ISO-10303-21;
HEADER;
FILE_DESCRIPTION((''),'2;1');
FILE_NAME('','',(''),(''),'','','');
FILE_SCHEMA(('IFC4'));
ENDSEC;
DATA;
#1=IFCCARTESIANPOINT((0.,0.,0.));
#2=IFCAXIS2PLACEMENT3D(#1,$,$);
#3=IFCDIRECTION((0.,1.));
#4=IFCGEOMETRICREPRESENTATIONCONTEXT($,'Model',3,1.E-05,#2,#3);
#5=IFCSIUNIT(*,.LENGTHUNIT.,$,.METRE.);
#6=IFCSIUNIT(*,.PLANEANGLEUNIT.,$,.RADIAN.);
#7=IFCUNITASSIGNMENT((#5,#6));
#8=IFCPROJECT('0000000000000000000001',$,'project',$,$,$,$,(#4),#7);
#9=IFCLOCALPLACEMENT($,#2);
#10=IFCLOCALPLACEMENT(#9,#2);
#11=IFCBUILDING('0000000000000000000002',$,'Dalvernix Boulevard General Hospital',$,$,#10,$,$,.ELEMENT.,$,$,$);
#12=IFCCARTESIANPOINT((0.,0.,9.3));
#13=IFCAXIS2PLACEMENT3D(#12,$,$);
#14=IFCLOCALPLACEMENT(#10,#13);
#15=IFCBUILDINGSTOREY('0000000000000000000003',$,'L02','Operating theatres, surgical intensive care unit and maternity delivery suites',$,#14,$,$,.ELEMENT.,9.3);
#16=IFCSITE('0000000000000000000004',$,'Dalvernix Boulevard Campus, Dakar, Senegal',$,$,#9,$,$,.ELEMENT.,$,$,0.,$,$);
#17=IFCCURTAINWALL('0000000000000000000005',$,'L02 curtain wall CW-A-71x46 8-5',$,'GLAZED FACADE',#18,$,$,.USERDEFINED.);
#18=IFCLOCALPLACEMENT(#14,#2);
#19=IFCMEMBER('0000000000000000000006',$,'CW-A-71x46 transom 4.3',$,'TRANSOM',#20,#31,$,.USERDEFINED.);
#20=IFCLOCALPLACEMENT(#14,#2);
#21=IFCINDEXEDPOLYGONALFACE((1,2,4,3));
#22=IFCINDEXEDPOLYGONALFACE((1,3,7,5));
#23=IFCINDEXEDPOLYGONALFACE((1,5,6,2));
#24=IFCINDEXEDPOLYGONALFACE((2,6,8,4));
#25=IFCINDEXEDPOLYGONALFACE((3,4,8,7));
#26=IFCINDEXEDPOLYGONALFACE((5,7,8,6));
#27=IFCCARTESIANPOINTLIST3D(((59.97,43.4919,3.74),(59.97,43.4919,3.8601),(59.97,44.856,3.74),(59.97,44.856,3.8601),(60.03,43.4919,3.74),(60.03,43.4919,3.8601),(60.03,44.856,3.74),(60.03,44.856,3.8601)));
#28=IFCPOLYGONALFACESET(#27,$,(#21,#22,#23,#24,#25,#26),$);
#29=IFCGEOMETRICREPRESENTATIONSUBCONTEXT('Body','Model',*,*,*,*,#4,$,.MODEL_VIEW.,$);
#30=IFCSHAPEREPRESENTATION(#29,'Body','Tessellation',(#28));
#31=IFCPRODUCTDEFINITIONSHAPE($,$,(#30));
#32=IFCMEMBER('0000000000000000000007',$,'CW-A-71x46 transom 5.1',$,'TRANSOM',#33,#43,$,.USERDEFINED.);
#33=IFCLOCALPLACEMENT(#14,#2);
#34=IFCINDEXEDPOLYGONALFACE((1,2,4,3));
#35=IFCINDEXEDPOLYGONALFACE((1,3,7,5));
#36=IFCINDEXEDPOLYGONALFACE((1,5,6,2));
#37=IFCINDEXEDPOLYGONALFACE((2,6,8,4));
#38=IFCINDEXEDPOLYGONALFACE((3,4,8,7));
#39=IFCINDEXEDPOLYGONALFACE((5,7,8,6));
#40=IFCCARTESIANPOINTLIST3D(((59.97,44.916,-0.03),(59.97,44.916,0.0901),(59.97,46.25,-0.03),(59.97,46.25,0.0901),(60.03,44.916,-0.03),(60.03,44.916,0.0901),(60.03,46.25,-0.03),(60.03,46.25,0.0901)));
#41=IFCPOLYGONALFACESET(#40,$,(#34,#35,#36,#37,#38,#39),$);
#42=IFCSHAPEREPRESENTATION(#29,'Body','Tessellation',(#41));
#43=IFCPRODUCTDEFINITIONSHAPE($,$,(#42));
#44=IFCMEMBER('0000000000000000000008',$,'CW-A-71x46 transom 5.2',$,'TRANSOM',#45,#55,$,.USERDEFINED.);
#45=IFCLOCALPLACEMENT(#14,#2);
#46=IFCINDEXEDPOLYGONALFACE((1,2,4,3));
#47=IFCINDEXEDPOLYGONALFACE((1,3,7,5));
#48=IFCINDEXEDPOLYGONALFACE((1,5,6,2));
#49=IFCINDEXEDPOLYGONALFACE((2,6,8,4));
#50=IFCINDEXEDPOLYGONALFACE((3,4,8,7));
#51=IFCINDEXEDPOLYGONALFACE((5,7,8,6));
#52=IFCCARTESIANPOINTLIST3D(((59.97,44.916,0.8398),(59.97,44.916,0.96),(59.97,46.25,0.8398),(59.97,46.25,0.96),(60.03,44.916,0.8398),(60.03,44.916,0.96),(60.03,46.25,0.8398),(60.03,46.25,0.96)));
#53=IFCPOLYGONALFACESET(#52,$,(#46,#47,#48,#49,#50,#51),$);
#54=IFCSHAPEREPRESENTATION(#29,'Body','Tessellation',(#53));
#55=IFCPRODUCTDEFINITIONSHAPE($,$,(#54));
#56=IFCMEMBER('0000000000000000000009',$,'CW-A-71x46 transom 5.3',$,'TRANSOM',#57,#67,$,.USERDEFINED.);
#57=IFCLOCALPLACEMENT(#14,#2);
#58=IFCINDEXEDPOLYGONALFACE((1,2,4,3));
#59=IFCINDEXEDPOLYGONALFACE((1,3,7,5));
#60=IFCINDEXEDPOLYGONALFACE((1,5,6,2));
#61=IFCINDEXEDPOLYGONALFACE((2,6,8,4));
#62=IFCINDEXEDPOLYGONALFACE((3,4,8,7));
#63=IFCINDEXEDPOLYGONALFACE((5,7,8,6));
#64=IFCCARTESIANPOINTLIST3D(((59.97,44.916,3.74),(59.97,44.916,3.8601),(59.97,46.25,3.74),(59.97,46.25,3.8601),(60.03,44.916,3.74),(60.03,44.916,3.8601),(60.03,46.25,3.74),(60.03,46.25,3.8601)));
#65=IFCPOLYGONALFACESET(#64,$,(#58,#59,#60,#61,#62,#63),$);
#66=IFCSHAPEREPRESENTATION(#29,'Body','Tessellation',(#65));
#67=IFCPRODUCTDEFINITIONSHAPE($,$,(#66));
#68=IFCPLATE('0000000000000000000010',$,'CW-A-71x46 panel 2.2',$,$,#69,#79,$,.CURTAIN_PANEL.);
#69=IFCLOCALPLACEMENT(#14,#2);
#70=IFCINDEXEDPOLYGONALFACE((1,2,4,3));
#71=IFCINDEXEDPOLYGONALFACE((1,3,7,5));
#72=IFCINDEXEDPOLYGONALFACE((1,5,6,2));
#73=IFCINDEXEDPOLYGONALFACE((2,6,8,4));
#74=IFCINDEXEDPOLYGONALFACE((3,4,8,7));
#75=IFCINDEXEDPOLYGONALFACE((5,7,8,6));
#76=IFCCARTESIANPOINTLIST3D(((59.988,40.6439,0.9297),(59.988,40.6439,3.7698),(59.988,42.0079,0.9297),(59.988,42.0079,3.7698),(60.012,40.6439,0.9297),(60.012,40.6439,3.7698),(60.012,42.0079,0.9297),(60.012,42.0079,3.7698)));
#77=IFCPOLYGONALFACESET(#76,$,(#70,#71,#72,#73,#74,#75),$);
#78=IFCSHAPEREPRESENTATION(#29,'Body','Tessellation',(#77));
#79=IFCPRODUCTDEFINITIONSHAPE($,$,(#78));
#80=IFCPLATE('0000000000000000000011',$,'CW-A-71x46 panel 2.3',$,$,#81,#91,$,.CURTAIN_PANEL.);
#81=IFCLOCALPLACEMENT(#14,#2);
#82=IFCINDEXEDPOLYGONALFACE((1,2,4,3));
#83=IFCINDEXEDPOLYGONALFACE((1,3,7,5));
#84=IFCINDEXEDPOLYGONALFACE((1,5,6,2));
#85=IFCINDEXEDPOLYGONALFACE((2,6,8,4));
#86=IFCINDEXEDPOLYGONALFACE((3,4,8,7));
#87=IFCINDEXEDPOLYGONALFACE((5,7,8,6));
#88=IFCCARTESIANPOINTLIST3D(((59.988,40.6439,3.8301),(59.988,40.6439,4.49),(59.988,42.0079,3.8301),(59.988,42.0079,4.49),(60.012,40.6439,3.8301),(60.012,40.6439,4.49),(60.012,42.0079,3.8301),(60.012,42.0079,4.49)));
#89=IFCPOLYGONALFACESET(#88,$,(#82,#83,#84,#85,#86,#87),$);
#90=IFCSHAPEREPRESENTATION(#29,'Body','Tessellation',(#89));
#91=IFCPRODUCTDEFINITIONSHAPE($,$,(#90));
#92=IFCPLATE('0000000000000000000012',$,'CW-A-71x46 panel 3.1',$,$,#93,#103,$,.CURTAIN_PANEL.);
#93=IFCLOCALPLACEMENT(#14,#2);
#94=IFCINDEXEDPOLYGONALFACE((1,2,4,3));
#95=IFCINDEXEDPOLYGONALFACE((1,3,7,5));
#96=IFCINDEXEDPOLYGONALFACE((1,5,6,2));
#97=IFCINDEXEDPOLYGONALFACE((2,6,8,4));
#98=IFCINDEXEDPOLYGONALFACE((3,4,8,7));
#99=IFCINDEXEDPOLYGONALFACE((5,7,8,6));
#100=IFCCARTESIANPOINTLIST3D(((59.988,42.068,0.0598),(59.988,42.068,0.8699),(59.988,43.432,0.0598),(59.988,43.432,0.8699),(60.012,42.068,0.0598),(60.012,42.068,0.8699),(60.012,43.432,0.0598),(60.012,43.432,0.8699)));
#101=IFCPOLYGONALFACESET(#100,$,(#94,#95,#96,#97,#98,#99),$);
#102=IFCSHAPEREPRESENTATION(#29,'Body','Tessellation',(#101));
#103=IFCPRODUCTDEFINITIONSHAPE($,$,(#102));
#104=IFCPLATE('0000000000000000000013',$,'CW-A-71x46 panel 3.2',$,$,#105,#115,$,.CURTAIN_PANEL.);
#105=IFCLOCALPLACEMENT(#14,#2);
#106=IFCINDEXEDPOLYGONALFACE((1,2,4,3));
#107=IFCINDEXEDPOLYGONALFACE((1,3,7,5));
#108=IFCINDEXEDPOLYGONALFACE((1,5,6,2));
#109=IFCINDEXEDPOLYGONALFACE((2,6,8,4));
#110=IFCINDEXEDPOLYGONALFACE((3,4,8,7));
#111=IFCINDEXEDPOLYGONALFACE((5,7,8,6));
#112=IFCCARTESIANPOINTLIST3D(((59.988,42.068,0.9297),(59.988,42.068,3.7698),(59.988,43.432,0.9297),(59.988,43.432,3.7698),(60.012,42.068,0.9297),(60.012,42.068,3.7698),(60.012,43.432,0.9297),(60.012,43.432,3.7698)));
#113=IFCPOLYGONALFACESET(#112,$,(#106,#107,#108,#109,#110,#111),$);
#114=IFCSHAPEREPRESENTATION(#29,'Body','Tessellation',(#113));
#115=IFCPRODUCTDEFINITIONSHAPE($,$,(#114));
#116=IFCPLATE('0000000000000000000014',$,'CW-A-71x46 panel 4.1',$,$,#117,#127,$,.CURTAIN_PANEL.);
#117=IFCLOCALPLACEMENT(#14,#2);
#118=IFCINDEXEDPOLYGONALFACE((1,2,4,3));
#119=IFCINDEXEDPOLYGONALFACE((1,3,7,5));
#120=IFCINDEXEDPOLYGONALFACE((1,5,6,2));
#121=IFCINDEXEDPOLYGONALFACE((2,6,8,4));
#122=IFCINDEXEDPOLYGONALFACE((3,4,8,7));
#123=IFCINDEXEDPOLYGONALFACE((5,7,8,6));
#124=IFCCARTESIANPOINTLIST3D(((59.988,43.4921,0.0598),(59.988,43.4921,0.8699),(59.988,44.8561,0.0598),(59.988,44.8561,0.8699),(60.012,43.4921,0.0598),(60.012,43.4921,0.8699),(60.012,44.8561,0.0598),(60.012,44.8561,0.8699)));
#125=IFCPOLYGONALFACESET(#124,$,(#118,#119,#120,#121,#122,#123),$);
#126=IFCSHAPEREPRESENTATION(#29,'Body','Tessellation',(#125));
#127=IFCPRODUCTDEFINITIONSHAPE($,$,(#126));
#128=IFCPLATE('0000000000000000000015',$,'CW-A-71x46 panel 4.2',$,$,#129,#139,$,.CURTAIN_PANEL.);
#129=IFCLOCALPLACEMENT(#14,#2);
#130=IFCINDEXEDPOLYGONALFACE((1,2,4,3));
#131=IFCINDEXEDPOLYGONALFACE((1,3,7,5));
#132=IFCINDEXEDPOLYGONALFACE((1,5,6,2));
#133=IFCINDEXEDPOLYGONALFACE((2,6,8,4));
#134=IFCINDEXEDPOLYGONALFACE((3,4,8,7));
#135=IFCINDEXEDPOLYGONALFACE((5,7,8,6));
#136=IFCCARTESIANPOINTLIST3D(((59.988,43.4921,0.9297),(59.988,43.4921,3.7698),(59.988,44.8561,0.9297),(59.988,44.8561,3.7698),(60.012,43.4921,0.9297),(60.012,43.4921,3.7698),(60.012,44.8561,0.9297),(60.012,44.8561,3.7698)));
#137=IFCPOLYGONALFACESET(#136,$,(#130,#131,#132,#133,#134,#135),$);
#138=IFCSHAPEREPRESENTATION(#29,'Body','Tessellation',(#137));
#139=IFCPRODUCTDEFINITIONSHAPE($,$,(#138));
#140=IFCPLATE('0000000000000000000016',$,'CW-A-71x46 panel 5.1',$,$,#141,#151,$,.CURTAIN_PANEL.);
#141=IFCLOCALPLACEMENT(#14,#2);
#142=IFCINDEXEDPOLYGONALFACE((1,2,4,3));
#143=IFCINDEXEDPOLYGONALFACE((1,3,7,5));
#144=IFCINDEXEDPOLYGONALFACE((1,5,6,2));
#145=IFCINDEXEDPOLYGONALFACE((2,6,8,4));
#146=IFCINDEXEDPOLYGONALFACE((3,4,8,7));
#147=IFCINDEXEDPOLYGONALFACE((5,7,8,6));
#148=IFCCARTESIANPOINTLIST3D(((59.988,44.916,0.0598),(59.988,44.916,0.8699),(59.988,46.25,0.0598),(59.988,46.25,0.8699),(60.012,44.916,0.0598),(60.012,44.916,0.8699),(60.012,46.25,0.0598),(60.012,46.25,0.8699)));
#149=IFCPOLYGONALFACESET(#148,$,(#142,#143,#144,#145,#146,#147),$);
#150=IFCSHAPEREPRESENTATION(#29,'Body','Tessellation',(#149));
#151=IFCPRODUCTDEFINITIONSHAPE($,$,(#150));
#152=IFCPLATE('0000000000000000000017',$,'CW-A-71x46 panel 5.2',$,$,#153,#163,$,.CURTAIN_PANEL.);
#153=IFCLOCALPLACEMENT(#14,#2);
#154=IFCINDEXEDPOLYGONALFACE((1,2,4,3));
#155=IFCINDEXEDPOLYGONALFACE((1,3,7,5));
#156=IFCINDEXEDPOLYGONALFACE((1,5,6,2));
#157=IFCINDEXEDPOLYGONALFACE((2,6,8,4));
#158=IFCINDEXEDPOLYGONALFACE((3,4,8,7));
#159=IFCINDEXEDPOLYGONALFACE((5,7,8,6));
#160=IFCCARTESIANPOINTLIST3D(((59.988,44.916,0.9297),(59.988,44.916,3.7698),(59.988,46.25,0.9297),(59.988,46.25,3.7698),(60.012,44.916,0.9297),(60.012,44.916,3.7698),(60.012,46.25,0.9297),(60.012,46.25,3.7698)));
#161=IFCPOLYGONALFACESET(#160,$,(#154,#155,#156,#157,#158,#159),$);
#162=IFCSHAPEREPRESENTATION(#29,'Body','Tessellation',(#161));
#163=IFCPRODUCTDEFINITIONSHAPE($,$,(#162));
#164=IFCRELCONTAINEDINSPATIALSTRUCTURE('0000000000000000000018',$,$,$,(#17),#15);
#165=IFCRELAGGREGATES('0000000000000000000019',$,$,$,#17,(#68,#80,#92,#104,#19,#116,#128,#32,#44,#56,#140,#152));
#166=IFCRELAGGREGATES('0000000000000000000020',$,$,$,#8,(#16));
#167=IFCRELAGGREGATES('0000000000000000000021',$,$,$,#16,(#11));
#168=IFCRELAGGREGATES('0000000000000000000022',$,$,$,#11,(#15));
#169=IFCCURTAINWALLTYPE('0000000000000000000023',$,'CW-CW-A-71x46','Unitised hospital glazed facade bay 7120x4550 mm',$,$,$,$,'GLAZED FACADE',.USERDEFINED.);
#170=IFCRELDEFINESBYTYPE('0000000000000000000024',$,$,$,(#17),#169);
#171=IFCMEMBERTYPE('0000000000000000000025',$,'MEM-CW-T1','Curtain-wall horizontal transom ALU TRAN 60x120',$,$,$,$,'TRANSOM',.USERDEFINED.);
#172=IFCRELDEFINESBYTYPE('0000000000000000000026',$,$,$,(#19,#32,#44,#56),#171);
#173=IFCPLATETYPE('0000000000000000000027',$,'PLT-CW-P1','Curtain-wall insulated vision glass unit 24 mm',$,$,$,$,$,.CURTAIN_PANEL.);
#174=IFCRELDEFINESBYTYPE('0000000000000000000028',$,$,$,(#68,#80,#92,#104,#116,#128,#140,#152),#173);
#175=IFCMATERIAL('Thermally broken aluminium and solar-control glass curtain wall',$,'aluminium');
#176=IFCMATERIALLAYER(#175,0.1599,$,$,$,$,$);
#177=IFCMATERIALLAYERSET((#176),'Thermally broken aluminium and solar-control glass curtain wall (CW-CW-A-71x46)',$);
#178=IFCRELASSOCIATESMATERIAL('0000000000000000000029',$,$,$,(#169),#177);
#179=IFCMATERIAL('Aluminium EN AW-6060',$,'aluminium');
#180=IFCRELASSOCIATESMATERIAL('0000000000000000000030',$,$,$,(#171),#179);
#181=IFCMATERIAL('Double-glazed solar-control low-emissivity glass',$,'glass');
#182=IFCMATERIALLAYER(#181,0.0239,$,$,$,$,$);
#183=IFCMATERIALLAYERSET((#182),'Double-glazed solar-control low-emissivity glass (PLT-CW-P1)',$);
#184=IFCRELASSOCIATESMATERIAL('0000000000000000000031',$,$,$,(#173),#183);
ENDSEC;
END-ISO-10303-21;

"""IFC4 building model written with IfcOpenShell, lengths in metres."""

from ifc_helpers import new_model, si_unit, direction, frame, origin, origin_2d, place, context, subcontext, project, spatial, rectangle, extrude, material, layer, layer_set, material_profile, profile_set, type_object, element, aggregate, save


model = new_model("IFC4")

# Units and contexts
model_context = context("Model", 3, precision=1e-05, world=origin(), true_north=direction((0.0, 1.0)))
body_context = subcontext(model_context, "Body", "Model", "MODEL_VIEW")
ifc_project = project(units=[si_unit("LENGTHUNIT", "METRE"), si_unit("PLANEANGLEUNIT", "RADIAN")], contexts=[model_context])

# Site, building, storey
site_placement = place(None, origin())
site = spatial("IfcSite", under=ifc_project, at=site_placement, Name="Dalvernix Boulevard Campus, Dakar, Senegal", CompositionType="ELEMENT", RefElevation=0.0)
building_placement = place(site_placement, origin())
building = spatial("IfcBuilding", under=site, at=building_placement, Name="Dalvernix Boulevard General Hospital", CompositionType="ELEMENT")
storey_placement = place(building_placement, frame((0.0, 0.0, 9.3)))
storey = spatial("IfcBuildingStorey", under=building, at=storey_placement, Name="L02", Description="Operating theatres, surgical intensive care unit and maternity delivery suites", CompositionType="ELEMENT", Elevation=9.3)

# Curtain wall, members, plates
ifc_material_1 = material(Name="Thermally broken aluminium and solar-control glass curtain wall", Category="aluminium")
ifc_layer_1 = layer(ifc_material_1, 0.1599)
ifc_layer_set_1 = layer_set([ifc_layer_1], Name="Thermally broken aluminium and solar-control glass curtain wall (CW-CW-A-71x46)")
curtain_wall_type = type_object("IfcCurtainWallType", Name="CW-CW-A-71x46", Description="Unitised hospital glazed facade bay 7120x4550 mm", ElementType="GLAZED FACADE", PredefinedType="USERDEFINED", material=ifc_layer_set_1)
curtain_wall_placement = place(storey_placement, origin())
curtain_wall = element("IfcCurtainWall", 1, at=curtain_wall_placement, inside=storey, type_object=curtain_wall_type, Name="L02 curtain wall CW-A-71x46 8-5", ObjectType="GLAZED FACADE", PredefinedType="USERDEFINED")
ifc_material_2 = material(Name="Aluminium EN AW-6060", Category="aluminium")
ifc_material_profile_1 = material_profile(ifc_material_2, rectangle(XDim=0.0601, YDim=0.1201, at=origin_2d()), Name="ALU TRAN 60x120")
ifc_profile_set_1 = profile_set([ifc_material_profile_1], Name="Aluminium EN AW-6060")
member_type_1 = type_object("IfcMemberType", Name="MEM-CW-T1", Description="Curtain-wall horizontal transom ALU TRAN 60x120", ElementType="TRANSOM", PredefinedType="USERDEFINED", material=ifc_profile_set_1)
member_1_placement = place(storey_placement, frame((60.0, 43.4919, 3.8), z_axis=(0.0, 1.0, 0.0), x_axis=(-1.0, 0.0, 0.0)))
member_1 = element("IfcMember", 2, at=member_1_placement, type_object=member_type_1, Name="CW-A-71x46 transom 4.3", ObjectType="TRANSOM", PredefinedType="USERDEFINED", context=body_context, shape_type="SweptSolid", body=[
    extrude(rectangle(XDim=0.0601, YDim=0.1201, at=origin_2d()), origin(), (0.0, 0.0, 1.0), 1.364),
])
member_2_placement = place(storey_placement, frame((60.0, 44.916, 0.03), z_axis=(0.0, 1.0, 0.0), x_axis=(-1.0, 0.0, 0.0)))
member_2 = element("IfcMember", 3, at=member_2_placement, type_object=member_type_1, Name="CW-A-71x46 transom 5.1", ObjectType="TRANSOM", PredefinedType="USERDEFINED", context=body_context, shape_type="SweptSolid", body=[
    extrude(rectangle(XDim=0.0601, YDim=0.1201, at=origin_2d()), origin(), (0.0, 0.0, 1.0), 1.334),
])
member_3_placement = place(storey_placement, frame((60.0, 44.916, 0.8999), z_axis=(0.0, 1.0, 0.0), x_axis=(-1.0, 0.0, 0.0)))
member_3 = element("IfcMember", 4, at=member_3_placement, type_object=member_type_1, Name="CW-A-71x46 transom 5.2", ObjectType="TRANSOM", PredefinedType="USERDEFINED", context=body_context, shape_type="SweptSolid", body=[
    extrude(rectangle(XDim=0.0601, YDim=0.1201, at=origin_2d()), origin(), (0.0, 0.0, 1.0), 1.334),
])
member_4_placement = place(storey_placement, frame((60.0, 44.916, 3.8), z_axis=(0.0, 1.0, 0.0), x_axis=(-1.0, 0.0, 0.0)))
member_4 = element("IfcMember", 5, at=member_4_placement, type_object=member_type_1, Name="CW-A-71x46 transom 5.3", ObjectType="TRANSOM", PredefinedType="USERDEFINED", context=body_context, shape_type="SweptSolid", body=[
    extrude(rectangle(XDim=0.0601, YDim=0.1201, at=origin_2d()), origin(), (0.0, 0.0, 1.0), 1.334),
])
ifc_material_3 = material(Name="Double-glazed solar-control low-emissivity glass", Category="glass")
ifc_layer_2 = layer(ifc_material_3, 0.0239)
ifc_layer_set_2 = layer_set([ifc_layer_2], Name="Double-glazed solar-control low-emissivity glass (PLT-CW-P1)")
plate_type = type_object("IfcPlateType", Name="PLT-CW-P1", Description="Curtain-wall insulated vision glass unit 24 mm", PredefinedType="CURTAIN_PANEL", material=ifc_layer_set_2)
plate_1_placement = place(storey_placement, frame((60.0, 41.3259, 0.9297), z_axis=(0.0, 0.0, 1.0), x_axis=(0.0, 1.0, 0.0)))
plate_1 = element("IfcPlate", 6, at=plate_1_placement, type_object=plate_type, Name="CW-A-71x46 panel 2.2", PredefinedType="CURTAIN_PANEL", context=body_context, shape_type="SweptSolid", body=[
    extrude(rectangle(XDim=1.364, YDim=0.0239, at=origin_2d()), origin(), (0.0, 0.0, 1.0), 2.8401),
])
plate_2_placement = place(storey_placement, frame((60.0, 41.3259, 3.8301), z_axis=(0.0, 0.0, 1.0), x_axis=(0.0, 1.0, 0.0)))
plate_2 = element("IfcPlate", 7, at=plate_2_placement, type_object=plate_type, Name="CW-A-71x46 panel 2.3", PredefinedType="CURTAIN_PANEL", context=body_context, shape_type="SweptSolid", body=[
    extrude(rectangle(XDim=1.364, YDim=0.0239, at=origin_2d()), origin(), (0.0, 0.0, 1.0), 0.6599),
])
plate_3_placement = place(storey_placement, frame((60.0, 42.75, 0.0598), z_axis=(0.0, 0.0, 1.0), x_axis=(0.0, 1.0, 0.0)))
plate_3 = element("IfcPlate", 8, at=plate_3_placement, type_object=plate_type, Name="CW-A-71x46 panel 3.1", PredefinedType="CURTAIN_PANEL", context=body_context, shape_type="SweptSolid", body=[
    extrude(rectangle(XDim=1.364, YDim=0.0239, at=origin_2d()), origin(), (0.0, 0.0, 1.0), 0.8101),
])
plate_4_placement = place(storey_placement, frame((60.0, 42.75, 0.9297), z_axis=(0.0, 0.0, 1.0), x_axis=(0.0, 1.0, 0.0)))
plate_4 = element("IfcPlate", 9, at=plate_4_placement, type_object=plate_type, Name="CW-A-71x46 panel 3.2", PredefinedType="CURTAIN_PANEL", context=body_context, shape_type="SweptSolid", body=[
    extrude(rectangle(XDim=1.364, YDim=0.0239, at=origin_2d()), origin(), (0.0, 0.0, 1.0), 2.8401),
])
plate_5_placement = place(storey_placement, frame((60.0, 44.1741, 0.0598), z_axis=(0.0, 0.0, 1.0), x_axis=(0.0, 1.0, 0.0)))
plate_5 = element("IfcPlate", 10, at=plate_5_placement, type_object=plate_type, Name="CW-A-71x46 panel 4.1", PredefinedType="CURTAIN_PANEL", context=body_context, shape_type="SweptSolid", body=[
    extrude(rectangle(XDim=1.364, YDim=0.0239, at=origin_2d()), origin(), (0.0, 0.0, 1.0), 0.8101),
])
plate_6_placement = place(storey_placement, frame((60.0, 44.1741, 0.9297), z_axis=(0.0, 0.0, 1.0), x_axis=(0.0, 1.0, 0.0)))
plate_6 = element("IfcPlate", 11, at=plate_6_placement, type_object=plate_type, Name="CW-A-71x46 panel 4.2", PredefinedType="CURTAIN_PANEL", context=body_context, shape_type="SweptSolid", body=[
    extrude(rectangle(XDim=1.364, YDim=0.0239, at=origin_2d()), origin(), (0.0, 0.0, 1.0), 2.8401),
])
plate_7_placement = place(storey_placement, frame((60.0, 45.583, 0.0598), z_axis=(0.0, 0.0, 1.0), x_axis=(0.0, 1.0, 0.0)))
plate_7 = element("IfcPlate", 12, at=plate_7_placement, type_object=plate_type, Name="CW-A-71x46 panel 5.1", PredefinedType="CURTAIN_PANEL", context=body_context, shape_type="SweptSolid", body=[
    extrude(rectangle(XDim=1.334, YDim=0.0239, at=origin_2d()), origin(), (0.0, 0.0, 1.0), 0.8101),
])
plate_8_placement = place(storey_placement, frame((60.0, 45.583, 0.9297), z_axis=(0.0, 0.0, 1.0), x_axis=(0.0, 1.0, 0.0)))
plate_8 = element("IfcPlate", 13, at=plate_8_placement, type_object=plate_type, Name="CW-A-71x46 panel 5.2", PredefinedType="CURTAIN_PANEL", context=body_context, shape_type="SweptSolid", body=[
    extrude(rectangle(XDim=1.334, YDim=0.0239, at=origin_2d()), origin(), (0.0, 0.0, 1.0), 2.8401),
])
aggregate(curtain_wall, [plate_1, plate_2, plate_3, plate_4, member_1, plate_5, plate_6, member_2, member_3, member_4, plate_7, plate_8])

save(model, "model.ifc")
